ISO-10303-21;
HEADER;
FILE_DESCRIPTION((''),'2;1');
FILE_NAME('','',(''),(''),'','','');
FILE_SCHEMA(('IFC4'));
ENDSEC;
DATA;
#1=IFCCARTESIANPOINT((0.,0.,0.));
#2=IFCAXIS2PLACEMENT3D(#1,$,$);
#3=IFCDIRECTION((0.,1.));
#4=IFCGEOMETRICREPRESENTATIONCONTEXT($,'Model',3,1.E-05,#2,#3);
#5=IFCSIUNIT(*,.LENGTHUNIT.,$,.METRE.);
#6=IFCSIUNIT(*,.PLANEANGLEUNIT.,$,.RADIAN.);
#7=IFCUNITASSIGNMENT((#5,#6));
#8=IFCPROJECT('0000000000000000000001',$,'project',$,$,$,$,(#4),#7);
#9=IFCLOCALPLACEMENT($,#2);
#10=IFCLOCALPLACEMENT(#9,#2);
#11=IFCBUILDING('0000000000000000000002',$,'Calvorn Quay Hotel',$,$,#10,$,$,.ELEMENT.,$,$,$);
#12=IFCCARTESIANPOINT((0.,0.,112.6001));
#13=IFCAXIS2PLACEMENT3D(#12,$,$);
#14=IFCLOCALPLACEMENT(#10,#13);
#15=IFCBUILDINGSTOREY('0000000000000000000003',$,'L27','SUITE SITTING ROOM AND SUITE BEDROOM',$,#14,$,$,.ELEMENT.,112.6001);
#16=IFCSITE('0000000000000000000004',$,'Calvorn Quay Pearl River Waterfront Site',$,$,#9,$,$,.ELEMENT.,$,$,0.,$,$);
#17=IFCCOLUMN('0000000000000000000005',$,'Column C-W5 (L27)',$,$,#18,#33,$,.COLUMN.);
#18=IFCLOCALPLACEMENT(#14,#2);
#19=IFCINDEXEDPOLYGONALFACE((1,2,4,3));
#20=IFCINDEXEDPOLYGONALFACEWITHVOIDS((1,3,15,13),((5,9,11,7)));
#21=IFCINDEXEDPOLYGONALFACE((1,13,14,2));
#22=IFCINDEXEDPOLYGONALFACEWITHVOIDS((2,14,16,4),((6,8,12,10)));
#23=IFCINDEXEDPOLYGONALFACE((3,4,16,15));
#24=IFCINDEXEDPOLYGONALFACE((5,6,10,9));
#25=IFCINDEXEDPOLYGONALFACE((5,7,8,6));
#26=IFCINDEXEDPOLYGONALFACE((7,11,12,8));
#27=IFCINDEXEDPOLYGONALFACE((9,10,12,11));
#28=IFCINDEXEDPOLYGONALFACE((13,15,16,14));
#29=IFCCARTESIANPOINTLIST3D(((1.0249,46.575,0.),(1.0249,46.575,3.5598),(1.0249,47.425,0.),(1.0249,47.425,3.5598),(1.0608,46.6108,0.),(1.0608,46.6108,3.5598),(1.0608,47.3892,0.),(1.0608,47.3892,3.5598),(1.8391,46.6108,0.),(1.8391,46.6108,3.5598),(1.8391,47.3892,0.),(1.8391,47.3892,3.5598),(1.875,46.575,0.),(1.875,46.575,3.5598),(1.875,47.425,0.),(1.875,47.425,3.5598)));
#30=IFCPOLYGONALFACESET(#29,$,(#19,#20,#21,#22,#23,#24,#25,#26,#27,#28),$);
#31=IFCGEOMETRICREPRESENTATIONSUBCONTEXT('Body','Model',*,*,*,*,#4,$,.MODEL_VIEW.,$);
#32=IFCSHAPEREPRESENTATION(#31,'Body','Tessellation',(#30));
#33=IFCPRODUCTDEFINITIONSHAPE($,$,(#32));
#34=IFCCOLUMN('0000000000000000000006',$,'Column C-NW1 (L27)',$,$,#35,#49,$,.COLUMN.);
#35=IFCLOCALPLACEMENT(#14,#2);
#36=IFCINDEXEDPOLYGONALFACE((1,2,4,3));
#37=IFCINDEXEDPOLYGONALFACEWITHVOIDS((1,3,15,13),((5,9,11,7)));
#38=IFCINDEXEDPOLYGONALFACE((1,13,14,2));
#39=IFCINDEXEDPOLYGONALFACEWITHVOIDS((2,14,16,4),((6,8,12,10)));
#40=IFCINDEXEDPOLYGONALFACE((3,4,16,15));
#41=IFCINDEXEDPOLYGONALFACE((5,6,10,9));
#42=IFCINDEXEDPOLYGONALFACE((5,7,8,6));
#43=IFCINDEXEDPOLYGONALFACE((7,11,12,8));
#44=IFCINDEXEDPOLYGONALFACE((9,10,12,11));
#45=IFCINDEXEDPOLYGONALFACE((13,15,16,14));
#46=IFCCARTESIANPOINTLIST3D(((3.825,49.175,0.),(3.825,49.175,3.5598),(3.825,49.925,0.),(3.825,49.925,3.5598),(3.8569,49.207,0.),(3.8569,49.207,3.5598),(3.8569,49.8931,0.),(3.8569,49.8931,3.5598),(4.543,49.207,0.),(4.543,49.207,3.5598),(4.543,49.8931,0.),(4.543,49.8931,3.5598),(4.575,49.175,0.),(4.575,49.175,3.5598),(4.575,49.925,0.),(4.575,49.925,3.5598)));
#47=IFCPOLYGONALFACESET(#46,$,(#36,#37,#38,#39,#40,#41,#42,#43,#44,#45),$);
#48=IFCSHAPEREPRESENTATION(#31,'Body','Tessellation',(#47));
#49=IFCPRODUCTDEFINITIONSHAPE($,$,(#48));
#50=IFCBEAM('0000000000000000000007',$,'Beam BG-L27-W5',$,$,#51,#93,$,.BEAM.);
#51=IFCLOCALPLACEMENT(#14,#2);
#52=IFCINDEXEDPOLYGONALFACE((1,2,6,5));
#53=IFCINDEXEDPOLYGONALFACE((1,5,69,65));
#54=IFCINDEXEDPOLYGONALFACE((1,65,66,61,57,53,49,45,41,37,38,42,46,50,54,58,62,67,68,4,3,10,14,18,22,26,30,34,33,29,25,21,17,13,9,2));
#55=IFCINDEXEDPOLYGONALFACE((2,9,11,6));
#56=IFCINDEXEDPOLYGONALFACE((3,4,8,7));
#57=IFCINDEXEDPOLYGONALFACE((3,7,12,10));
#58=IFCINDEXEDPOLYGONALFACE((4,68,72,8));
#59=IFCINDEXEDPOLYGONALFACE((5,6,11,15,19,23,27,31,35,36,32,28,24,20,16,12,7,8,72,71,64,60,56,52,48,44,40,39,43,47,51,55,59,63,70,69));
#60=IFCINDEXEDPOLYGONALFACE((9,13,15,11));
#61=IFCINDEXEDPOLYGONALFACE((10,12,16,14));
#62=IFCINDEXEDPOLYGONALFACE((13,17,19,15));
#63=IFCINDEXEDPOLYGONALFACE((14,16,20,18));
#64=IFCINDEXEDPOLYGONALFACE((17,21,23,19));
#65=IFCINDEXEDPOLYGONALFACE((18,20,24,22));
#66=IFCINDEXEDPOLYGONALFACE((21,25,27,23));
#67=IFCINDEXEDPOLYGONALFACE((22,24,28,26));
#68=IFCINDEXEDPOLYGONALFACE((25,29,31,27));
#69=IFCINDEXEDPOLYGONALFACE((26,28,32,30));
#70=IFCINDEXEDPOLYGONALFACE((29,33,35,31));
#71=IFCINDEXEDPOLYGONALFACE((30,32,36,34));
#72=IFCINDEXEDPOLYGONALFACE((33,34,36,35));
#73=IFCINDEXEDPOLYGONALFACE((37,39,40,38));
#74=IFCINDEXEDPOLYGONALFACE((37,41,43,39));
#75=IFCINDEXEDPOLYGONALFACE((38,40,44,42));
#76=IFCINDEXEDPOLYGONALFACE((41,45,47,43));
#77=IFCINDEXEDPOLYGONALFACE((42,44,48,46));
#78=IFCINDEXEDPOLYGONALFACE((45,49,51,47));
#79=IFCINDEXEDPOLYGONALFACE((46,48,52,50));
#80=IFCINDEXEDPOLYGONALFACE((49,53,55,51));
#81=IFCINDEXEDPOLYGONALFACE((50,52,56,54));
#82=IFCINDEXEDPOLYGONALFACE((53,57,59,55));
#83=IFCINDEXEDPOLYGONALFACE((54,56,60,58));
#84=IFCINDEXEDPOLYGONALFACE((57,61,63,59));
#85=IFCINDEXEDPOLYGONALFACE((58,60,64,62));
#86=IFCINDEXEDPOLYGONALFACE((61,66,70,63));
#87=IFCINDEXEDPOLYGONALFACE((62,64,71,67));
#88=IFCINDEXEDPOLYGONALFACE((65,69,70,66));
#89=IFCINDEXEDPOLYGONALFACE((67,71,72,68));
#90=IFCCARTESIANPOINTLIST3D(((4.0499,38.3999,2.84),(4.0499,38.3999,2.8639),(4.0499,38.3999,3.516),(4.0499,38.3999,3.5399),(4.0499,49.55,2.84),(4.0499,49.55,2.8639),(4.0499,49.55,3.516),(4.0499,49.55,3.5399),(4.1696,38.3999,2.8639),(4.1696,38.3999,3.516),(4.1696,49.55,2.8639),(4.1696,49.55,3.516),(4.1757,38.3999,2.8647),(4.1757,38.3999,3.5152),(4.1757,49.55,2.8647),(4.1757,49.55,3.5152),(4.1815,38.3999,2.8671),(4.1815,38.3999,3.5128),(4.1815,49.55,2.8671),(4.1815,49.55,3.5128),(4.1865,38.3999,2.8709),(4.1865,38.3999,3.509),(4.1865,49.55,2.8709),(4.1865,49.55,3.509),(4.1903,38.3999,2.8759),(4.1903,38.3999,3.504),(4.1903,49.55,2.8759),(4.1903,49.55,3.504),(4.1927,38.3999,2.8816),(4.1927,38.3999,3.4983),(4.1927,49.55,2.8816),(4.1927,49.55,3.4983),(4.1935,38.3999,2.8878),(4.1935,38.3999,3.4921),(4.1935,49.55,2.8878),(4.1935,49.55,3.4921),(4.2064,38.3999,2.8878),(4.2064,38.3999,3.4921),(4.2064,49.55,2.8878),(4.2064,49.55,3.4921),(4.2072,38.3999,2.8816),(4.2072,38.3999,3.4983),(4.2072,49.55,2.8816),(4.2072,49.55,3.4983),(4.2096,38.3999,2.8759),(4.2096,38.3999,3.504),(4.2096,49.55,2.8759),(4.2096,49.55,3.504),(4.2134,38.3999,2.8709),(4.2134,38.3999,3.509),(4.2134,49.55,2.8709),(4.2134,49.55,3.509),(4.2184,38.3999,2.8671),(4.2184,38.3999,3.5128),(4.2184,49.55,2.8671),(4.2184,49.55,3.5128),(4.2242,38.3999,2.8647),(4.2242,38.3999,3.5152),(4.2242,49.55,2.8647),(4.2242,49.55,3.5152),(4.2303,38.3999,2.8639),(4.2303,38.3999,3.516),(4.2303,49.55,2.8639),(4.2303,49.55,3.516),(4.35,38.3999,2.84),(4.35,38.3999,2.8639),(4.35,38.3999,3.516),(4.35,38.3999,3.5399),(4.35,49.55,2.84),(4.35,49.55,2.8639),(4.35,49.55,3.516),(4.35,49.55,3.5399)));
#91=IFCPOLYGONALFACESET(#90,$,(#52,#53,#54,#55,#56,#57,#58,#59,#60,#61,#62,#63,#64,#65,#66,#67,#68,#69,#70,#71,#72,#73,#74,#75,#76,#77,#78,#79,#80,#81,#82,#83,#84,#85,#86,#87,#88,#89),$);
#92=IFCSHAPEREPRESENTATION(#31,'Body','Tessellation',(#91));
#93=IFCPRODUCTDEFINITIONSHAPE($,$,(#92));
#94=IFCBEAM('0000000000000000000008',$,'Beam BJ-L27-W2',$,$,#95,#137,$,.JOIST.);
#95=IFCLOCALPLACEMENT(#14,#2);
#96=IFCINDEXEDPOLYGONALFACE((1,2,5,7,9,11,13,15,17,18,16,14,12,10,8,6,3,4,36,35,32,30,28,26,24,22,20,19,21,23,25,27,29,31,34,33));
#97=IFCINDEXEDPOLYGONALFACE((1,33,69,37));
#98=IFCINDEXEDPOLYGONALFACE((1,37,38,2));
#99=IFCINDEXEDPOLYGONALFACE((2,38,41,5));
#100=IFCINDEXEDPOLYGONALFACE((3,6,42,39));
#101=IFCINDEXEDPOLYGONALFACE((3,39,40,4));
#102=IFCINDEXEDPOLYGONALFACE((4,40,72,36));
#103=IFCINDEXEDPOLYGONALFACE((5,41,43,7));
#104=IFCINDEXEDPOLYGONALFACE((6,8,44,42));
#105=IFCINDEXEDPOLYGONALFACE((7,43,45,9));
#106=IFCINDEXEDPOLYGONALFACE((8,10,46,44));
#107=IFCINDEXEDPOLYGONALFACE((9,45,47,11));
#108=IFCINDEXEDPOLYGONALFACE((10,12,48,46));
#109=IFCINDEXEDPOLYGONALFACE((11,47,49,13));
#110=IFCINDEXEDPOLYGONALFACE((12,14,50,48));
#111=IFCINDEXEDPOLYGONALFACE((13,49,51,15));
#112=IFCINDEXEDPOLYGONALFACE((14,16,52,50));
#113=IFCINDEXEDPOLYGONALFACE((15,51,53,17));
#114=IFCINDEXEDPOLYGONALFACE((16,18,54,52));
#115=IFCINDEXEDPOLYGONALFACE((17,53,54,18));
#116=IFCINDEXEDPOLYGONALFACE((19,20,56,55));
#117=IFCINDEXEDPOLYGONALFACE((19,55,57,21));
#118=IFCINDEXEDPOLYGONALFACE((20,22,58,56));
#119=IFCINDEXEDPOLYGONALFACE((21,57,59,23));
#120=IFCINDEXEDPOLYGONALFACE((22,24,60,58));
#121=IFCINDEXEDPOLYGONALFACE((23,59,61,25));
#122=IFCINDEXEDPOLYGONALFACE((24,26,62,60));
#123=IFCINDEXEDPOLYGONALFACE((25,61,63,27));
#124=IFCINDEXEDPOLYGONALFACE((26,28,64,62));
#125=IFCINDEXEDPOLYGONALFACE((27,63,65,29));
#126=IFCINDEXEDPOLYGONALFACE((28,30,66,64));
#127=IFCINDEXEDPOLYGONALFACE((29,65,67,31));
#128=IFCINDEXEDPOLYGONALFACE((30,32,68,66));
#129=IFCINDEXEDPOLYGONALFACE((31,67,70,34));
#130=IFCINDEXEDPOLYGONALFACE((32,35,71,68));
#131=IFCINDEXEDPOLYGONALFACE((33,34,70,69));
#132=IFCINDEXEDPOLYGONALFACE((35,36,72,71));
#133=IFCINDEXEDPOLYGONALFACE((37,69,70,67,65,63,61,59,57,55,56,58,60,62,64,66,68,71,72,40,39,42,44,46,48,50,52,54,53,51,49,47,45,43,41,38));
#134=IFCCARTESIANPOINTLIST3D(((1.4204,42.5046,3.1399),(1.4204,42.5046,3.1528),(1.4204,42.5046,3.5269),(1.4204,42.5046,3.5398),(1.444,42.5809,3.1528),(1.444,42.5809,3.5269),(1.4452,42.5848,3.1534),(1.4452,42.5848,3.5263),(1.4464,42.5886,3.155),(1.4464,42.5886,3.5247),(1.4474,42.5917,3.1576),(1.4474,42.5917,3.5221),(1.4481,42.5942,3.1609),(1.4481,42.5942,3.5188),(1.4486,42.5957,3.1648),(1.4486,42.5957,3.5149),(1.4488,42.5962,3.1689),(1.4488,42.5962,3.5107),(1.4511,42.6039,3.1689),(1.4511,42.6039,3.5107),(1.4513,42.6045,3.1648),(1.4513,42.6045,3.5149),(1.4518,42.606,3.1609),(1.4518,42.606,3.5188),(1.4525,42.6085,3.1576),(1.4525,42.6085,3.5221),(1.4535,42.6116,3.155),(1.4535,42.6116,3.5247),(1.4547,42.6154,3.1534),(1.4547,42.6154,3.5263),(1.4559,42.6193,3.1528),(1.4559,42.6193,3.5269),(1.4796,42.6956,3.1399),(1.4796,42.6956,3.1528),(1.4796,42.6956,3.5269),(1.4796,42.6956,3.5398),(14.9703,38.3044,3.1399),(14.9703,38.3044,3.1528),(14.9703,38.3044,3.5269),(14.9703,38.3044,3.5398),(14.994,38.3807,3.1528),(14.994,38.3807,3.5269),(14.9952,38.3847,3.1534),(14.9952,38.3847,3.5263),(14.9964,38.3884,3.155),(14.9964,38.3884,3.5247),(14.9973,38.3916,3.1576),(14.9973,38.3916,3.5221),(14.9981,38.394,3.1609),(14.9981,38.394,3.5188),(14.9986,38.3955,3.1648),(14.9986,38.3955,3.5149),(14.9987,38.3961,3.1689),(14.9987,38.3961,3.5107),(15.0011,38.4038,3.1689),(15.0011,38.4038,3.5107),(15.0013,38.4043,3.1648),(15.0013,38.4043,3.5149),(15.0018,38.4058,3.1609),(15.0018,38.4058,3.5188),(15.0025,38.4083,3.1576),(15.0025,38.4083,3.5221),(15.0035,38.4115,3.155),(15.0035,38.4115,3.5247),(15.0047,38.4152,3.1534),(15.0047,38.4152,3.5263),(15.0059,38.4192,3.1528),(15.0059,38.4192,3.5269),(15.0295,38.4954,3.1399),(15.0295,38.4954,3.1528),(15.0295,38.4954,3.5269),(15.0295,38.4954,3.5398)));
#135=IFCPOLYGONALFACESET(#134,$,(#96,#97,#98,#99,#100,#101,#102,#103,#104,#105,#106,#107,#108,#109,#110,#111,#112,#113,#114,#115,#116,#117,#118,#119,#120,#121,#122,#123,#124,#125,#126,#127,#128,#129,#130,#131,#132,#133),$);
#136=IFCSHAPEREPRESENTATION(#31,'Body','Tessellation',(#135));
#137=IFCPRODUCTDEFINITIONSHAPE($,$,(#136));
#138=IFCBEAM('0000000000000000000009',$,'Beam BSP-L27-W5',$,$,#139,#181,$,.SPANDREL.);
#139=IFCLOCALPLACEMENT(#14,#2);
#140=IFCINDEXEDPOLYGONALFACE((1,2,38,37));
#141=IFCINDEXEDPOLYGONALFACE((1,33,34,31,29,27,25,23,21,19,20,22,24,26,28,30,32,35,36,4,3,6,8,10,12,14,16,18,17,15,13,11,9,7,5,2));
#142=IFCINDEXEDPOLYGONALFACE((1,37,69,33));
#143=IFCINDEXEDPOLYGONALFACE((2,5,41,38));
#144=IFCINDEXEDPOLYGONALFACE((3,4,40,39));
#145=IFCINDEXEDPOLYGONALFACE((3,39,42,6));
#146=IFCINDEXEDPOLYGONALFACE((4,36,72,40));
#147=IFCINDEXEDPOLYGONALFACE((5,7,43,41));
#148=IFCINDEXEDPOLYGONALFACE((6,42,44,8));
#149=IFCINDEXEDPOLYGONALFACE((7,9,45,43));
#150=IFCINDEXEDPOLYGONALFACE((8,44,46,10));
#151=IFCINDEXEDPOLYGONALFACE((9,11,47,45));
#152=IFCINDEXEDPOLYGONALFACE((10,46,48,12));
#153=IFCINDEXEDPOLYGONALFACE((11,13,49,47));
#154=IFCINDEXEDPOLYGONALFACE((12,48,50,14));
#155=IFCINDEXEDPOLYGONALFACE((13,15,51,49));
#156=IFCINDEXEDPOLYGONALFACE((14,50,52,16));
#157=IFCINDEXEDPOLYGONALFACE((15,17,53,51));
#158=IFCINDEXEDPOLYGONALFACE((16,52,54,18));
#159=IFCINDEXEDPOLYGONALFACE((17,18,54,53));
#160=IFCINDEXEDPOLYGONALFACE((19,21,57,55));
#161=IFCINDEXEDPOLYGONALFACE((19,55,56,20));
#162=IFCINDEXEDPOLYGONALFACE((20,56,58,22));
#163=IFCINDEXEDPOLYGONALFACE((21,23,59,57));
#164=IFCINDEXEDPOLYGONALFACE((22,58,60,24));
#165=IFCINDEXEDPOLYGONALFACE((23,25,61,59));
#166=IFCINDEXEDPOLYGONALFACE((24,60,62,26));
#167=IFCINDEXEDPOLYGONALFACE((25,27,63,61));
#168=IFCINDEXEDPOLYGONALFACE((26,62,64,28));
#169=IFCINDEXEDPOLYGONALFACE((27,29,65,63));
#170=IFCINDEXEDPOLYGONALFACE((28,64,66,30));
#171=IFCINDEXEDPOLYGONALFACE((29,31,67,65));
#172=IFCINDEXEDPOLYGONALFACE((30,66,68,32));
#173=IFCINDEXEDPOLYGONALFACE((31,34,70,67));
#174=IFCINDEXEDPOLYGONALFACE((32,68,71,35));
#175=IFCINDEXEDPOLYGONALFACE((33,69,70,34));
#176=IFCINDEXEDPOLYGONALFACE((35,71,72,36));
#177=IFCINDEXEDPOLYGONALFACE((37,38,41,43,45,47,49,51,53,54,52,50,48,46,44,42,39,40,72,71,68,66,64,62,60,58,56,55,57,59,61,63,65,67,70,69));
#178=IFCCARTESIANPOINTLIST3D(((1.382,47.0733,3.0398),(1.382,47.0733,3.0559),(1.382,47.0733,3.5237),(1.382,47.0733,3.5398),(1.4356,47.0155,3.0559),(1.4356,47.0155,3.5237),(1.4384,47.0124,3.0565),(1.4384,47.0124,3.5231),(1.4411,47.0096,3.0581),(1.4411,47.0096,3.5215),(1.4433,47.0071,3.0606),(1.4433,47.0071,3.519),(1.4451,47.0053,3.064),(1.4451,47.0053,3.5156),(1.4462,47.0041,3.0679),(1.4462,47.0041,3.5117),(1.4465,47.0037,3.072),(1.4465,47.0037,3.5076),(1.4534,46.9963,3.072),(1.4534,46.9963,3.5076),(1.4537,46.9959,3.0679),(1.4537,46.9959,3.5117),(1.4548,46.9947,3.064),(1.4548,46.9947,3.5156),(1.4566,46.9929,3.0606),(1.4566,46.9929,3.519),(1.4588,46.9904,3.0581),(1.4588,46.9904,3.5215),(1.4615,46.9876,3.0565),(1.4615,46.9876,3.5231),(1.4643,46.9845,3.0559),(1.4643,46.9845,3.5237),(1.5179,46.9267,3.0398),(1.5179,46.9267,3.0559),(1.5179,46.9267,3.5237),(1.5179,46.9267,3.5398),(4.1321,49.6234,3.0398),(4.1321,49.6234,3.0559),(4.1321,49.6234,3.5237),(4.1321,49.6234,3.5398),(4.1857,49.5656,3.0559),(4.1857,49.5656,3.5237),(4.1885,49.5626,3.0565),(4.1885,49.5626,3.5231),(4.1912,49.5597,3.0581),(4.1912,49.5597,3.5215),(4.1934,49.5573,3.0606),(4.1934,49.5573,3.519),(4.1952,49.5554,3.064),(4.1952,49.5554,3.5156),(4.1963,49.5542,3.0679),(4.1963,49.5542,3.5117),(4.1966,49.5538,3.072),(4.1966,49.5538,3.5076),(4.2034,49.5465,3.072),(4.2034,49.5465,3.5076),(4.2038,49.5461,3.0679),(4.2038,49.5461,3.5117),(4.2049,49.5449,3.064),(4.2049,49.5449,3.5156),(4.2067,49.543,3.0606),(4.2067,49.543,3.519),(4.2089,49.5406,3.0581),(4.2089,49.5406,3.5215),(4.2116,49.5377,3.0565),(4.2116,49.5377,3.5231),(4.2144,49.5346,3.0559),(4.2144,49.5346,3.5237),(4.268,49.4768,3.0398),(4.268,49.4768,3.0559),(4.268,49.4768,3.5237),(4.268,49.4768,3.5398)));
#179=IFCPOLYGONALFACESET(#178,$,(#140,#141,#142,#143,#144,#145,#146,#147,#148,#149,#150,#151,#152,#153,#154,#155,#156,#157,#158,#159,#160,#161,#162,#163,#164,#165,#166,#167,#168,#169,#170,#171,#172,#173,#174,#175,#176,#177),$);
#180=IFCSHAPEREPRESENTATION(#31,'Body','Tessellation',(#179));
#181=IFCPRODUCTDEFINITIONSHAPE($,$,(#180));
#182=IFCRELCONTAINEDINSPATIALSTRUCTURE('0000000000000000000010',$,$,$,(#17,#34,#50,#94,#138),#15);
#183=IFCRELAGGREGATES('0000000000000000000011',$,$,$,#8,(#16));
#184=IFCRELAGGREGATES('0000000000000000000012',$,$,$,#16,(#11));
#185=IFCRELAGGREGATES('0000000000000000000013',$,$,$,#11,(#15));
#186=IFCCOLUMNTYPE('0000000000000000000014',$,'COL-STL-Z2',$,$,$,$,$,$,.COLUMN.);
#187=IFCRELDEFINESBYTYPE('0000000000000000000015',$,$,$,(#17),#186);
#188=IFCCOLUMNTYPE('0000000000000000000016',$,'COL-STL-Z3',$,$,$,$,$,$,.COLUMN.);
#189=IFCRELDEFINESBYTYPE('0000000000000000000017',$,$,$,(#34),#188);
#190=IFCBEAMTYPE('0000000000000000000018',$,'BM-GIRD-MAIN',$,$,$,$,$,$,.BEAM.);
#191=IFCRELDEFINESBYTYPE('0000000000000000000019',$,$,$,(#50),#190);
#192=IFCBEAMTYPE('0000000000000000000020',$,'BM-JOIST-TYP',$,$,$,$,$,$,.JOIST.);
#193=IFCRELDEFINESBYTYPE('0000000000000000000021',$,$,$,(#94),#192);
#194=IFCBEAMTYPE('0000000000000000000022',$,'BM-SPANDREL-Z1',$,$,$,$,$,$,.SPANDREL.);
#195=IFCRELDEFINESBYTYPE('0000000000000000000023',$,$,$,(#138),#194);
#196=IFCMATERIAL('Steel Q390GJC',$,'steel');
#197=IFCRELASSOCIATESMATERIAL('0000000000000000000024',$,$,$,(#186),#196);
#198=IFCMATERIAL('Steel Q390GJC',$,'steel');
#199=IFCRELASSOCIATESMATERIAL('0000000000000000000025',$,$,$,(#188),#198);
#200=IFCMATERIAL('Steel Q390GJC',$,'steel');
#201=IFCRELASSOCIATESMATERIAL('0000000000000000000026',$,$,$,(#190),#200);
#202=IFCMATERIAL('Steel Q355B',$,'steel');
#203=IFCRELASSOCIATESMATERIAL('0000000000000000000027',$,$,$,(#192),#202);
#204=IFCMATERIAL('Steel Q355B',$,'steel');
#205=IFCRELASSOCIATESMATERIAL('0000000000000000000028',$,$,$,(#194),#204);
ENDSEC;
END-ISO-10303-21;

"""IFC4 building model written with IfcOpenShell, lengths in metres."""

from ifc_helpers import new_model, si_unit, direction, frame, origin, origin_2d, place, context, subcontext, project, spatial, hollow_rectangle, i_section, extrude, material, material_profile, profile_set, type_object, element, save


model = new_model("IFC4")

# Units and contexts
model_context = context("Model", 3, precision=1e-05, world=origin(), true_north=direction((0.0, 1.0)))
body_context = subcontext(model_context, "Body", "Model", "MODEL_VIEW")
ifc_project = project(units=[si_unit("LENGTHUNIT", "METRE"), si_unit("PLANEANGLEUNIT", "RADIAN")], contexts=[model_context])

# Site, building, storey
site_placement = place(None, origin())
site = spatial("IfcSite", under=ifc_project, at=site_placement, Name="Calvorn Quay Pearl River Waterfront Site", CompositionType="ELEMENT", RefElevation=0.0)
building_placement = place(site_placement, origin())
building = spatial("IfcBuilding", under=site, at=building_placement, Name="Calvorn Quay Hotel", CompositionType="ELEMENT")
storey_placement = place(building_placement, frame((0.0, 0.0, 112.6001)))
storey = spatial("IfcBuildingStorey", under=building, at=storey_placement, Name="L27", Description="SUITE SITTING ROOM AND SUITE BEDROOM", CompositionType="ELEMENT", Elevation=112.6001)

# Columns
ifc_material_1 = material(Name="Steel Q390GJC", Category="steel")
ifc_material_profile_1 = material_profile(ifc_material_1, hollow_rectangle(XDim=0.8501, YDim=0.8501, WallThickness=0.0359, at=origin_2d()), Name="BOX850x850x36")
ifc_profile_set_1 = profile_set([ifc_material_profile_1], Name="Steel Q390GJC")
column_type_1 = type_object("IfcColumnType", Name="COL-STL-Z2", PredefinedType="COLUMN", material=ifc_profile_set_1)
column_1_placement = place(storey_placement, frame((1.45, 47.0, 0.0), z_axis=(0.0, 0.0, 1.0), x_axis=(1.0, 0.0, 0.0)))
element("IfcColumn", 1, at=column_1_placement, inside=storey, type_object=column_type_1, Name="Column C-W5 (L27)", PredefinedType="COLUMN", context=body_context, shape_type="SweptSolid", body=[
    extrude(hollow_rectangle(XDim=0.8501, YDim=0.8501, WallThickness=0.0359, at=origin_2d()), origin(), (0.0, 0.0, 1.0), 3.5598),
])
ifc_material_2 = material(Name="Steel Q390GJC", Category="steel")
ifc_material_profile_2 = material_profile(ifc_material_2, hollow_rectangle(XDim=0.75, YDim=0.75, WallThickness=0.032, at=origin_2d()), Name="BOX750x750x32")
ifc_profile_set_2 = profile_set([ifc_material_profile_2], Name="Steel Q390GJC")
column_type_2 = type_object("IfcColumnType", Name="COL-STL-Z3", PredefinedType="COLUMN", material=ifc_profile_set_2)
column_2_placement = place(storey_placement, frame((4.2, 49.55, 0.0), z_axis=(0.0, 0.0, 1.0), x_axis=(1.0, 0.0, 0.0)))
element("IfcColumn", 2, at=column_2_placement, inside=storey, type_object=column_type_2, Name="Column C-NW1 (L27)", PredefinedType="COLUMN", context=body_context, shape_type="SweptSolid", body=[
    extrude(hollow_rectangle(XDim=0.75, YDim=0.75, WallThickness=0.032, at=origin_2d()), origin(), (0.0, 0.0, 1.0), 3.5598),
])

# Beams
ifc_material_3 = material(Name="Steel Q390GJC", Category="steel")
ifc_material_profile_3 = material_profile(ifc_material_3, i_section(OverallWidth=0.3, OverallDepth=0.7, WebThickness=0.0129, FlangeThickness=0.0239, FilletRadius=0.0239, at=origin_2d()), Name="HN700x300x13x24")
ifc_profile_set_3 = profile_set([ifc_material_profile_3], Name="Steel Q390GJC")
beam_type_1 = type_object("IfcBeamType", Name="BM-GIRD-MAIN", PredefinedType="BEAM", material=ifc_profile_set_3)
beam_1_placement = place(storey_placement, frame((4.2, 49.55, 3.1899), z_axis=(0.0, -1.0, 0.0), x_axis=(1.0, 0.0, 0.0)))
element("IfcBeam", 3, at=beam_1_placement, inside=storey, type_object=beam_type_1, Name="Beam BG-L27-W5", PredefinedType="BEAM", context=body_context, shape_type="SweptSolid", body=[
    extrude(i_section(OverallWidth=0.3, OverallDepth=0.7, WebThickness=0.0129, FlangeThickness=0.0239, FilletRadius=0.0239, at=origin_2d()), origin(), (0.0, 0.0, 1.0), 11.1501),
])
ifc_material_4 = material(Name="Steel Q355B", Category="steel")
ifc_material_profile_4 = material_profile(ifc_material_4, i_section(OverallWidth=0.2, OverallDepth=0.3999, WebThickness=0.0081, FlangeThickness=0.0129, FilletRadius=0.0161, at=origin_2d()), Name="HN400x200x8x13")
ifc_profile_set_4 = profile_set([ifc_material_profile_4], Name="Steel Q355B")
beam_type_2 = type_object("IfcBeamType", Name="BM-JOIST-TYP", PredefinedType="JOIST", material=ifc_profile_set_4)
beam_2_placement = place(storey_placement, frame((1.45, 42.6001, 3.3398), z_axis=(0.955164, -0.296078, 0.0), x_axis=(0.296078, 0.955164, 0.0)))
element("IfcBeam", 4, at=beam_2_placement, inside=storey, type_object=beam_type_2, Name="Beam BJ-L27-W2", PredefinedType="JOIST", context=body_context, shape_type="SweptSolid", body=[
    extrude(i_section(OverallWidth=0.2, OverallDepth=0.3999, WebThickness=0.0081, FlangeThickness=0.0129, FilletRadius=0.0161, at=origin_2d()), origin(), (0.0, 0.0, 1.0), 14.186),
])
ifc_material_5 = material(Name="Steel Q355B", Category="steel")
ifc_material_profile_5 = material_profile(ifc_material_5, i_section(OverallWidth=0.2, OverallDepth=0.5, WebThickness=0.01, FlangeThickness=0.0161, FilletRadius=0.0161, at=origin_2d()), Name="HN500x200x10x16")
ifc_profile_set_5 = profile_set([ifc_material_profile_5], Name="Steel Q355B")
beam_type_3 = type_object("IfcBeamType", Name="BM-SPANDREL-Z1", PredefinedType="SPANDREL", material=ifc_profile_set_5)
beam_3_placement = place(storey_placement, frame((1.45, 47.0, 3.2898), z_axis=(0.733262, 0.679947, 0.0), x_axis=(-0.679947, 0.733262, 0.0)))
element("IfcBeam", 5, at=beam_3_placement, inside=storey, type_object=beam_type_3, Name="Beam BSP-L27-W5", PredefinedType="SPANDREL", context=body_context, shape_type="SweptSolid", body=[
    extrude(i_section(OverallWidth=0.2, OverallDepth=0.5, WebThickness=0.01, FlangeThickness=0.0161, FilletRadius=0.0161, at=origin_2d()), origin(), (0.0, 0.0, 1.0), 3.7505),
])

save(model, "model.ifc")
